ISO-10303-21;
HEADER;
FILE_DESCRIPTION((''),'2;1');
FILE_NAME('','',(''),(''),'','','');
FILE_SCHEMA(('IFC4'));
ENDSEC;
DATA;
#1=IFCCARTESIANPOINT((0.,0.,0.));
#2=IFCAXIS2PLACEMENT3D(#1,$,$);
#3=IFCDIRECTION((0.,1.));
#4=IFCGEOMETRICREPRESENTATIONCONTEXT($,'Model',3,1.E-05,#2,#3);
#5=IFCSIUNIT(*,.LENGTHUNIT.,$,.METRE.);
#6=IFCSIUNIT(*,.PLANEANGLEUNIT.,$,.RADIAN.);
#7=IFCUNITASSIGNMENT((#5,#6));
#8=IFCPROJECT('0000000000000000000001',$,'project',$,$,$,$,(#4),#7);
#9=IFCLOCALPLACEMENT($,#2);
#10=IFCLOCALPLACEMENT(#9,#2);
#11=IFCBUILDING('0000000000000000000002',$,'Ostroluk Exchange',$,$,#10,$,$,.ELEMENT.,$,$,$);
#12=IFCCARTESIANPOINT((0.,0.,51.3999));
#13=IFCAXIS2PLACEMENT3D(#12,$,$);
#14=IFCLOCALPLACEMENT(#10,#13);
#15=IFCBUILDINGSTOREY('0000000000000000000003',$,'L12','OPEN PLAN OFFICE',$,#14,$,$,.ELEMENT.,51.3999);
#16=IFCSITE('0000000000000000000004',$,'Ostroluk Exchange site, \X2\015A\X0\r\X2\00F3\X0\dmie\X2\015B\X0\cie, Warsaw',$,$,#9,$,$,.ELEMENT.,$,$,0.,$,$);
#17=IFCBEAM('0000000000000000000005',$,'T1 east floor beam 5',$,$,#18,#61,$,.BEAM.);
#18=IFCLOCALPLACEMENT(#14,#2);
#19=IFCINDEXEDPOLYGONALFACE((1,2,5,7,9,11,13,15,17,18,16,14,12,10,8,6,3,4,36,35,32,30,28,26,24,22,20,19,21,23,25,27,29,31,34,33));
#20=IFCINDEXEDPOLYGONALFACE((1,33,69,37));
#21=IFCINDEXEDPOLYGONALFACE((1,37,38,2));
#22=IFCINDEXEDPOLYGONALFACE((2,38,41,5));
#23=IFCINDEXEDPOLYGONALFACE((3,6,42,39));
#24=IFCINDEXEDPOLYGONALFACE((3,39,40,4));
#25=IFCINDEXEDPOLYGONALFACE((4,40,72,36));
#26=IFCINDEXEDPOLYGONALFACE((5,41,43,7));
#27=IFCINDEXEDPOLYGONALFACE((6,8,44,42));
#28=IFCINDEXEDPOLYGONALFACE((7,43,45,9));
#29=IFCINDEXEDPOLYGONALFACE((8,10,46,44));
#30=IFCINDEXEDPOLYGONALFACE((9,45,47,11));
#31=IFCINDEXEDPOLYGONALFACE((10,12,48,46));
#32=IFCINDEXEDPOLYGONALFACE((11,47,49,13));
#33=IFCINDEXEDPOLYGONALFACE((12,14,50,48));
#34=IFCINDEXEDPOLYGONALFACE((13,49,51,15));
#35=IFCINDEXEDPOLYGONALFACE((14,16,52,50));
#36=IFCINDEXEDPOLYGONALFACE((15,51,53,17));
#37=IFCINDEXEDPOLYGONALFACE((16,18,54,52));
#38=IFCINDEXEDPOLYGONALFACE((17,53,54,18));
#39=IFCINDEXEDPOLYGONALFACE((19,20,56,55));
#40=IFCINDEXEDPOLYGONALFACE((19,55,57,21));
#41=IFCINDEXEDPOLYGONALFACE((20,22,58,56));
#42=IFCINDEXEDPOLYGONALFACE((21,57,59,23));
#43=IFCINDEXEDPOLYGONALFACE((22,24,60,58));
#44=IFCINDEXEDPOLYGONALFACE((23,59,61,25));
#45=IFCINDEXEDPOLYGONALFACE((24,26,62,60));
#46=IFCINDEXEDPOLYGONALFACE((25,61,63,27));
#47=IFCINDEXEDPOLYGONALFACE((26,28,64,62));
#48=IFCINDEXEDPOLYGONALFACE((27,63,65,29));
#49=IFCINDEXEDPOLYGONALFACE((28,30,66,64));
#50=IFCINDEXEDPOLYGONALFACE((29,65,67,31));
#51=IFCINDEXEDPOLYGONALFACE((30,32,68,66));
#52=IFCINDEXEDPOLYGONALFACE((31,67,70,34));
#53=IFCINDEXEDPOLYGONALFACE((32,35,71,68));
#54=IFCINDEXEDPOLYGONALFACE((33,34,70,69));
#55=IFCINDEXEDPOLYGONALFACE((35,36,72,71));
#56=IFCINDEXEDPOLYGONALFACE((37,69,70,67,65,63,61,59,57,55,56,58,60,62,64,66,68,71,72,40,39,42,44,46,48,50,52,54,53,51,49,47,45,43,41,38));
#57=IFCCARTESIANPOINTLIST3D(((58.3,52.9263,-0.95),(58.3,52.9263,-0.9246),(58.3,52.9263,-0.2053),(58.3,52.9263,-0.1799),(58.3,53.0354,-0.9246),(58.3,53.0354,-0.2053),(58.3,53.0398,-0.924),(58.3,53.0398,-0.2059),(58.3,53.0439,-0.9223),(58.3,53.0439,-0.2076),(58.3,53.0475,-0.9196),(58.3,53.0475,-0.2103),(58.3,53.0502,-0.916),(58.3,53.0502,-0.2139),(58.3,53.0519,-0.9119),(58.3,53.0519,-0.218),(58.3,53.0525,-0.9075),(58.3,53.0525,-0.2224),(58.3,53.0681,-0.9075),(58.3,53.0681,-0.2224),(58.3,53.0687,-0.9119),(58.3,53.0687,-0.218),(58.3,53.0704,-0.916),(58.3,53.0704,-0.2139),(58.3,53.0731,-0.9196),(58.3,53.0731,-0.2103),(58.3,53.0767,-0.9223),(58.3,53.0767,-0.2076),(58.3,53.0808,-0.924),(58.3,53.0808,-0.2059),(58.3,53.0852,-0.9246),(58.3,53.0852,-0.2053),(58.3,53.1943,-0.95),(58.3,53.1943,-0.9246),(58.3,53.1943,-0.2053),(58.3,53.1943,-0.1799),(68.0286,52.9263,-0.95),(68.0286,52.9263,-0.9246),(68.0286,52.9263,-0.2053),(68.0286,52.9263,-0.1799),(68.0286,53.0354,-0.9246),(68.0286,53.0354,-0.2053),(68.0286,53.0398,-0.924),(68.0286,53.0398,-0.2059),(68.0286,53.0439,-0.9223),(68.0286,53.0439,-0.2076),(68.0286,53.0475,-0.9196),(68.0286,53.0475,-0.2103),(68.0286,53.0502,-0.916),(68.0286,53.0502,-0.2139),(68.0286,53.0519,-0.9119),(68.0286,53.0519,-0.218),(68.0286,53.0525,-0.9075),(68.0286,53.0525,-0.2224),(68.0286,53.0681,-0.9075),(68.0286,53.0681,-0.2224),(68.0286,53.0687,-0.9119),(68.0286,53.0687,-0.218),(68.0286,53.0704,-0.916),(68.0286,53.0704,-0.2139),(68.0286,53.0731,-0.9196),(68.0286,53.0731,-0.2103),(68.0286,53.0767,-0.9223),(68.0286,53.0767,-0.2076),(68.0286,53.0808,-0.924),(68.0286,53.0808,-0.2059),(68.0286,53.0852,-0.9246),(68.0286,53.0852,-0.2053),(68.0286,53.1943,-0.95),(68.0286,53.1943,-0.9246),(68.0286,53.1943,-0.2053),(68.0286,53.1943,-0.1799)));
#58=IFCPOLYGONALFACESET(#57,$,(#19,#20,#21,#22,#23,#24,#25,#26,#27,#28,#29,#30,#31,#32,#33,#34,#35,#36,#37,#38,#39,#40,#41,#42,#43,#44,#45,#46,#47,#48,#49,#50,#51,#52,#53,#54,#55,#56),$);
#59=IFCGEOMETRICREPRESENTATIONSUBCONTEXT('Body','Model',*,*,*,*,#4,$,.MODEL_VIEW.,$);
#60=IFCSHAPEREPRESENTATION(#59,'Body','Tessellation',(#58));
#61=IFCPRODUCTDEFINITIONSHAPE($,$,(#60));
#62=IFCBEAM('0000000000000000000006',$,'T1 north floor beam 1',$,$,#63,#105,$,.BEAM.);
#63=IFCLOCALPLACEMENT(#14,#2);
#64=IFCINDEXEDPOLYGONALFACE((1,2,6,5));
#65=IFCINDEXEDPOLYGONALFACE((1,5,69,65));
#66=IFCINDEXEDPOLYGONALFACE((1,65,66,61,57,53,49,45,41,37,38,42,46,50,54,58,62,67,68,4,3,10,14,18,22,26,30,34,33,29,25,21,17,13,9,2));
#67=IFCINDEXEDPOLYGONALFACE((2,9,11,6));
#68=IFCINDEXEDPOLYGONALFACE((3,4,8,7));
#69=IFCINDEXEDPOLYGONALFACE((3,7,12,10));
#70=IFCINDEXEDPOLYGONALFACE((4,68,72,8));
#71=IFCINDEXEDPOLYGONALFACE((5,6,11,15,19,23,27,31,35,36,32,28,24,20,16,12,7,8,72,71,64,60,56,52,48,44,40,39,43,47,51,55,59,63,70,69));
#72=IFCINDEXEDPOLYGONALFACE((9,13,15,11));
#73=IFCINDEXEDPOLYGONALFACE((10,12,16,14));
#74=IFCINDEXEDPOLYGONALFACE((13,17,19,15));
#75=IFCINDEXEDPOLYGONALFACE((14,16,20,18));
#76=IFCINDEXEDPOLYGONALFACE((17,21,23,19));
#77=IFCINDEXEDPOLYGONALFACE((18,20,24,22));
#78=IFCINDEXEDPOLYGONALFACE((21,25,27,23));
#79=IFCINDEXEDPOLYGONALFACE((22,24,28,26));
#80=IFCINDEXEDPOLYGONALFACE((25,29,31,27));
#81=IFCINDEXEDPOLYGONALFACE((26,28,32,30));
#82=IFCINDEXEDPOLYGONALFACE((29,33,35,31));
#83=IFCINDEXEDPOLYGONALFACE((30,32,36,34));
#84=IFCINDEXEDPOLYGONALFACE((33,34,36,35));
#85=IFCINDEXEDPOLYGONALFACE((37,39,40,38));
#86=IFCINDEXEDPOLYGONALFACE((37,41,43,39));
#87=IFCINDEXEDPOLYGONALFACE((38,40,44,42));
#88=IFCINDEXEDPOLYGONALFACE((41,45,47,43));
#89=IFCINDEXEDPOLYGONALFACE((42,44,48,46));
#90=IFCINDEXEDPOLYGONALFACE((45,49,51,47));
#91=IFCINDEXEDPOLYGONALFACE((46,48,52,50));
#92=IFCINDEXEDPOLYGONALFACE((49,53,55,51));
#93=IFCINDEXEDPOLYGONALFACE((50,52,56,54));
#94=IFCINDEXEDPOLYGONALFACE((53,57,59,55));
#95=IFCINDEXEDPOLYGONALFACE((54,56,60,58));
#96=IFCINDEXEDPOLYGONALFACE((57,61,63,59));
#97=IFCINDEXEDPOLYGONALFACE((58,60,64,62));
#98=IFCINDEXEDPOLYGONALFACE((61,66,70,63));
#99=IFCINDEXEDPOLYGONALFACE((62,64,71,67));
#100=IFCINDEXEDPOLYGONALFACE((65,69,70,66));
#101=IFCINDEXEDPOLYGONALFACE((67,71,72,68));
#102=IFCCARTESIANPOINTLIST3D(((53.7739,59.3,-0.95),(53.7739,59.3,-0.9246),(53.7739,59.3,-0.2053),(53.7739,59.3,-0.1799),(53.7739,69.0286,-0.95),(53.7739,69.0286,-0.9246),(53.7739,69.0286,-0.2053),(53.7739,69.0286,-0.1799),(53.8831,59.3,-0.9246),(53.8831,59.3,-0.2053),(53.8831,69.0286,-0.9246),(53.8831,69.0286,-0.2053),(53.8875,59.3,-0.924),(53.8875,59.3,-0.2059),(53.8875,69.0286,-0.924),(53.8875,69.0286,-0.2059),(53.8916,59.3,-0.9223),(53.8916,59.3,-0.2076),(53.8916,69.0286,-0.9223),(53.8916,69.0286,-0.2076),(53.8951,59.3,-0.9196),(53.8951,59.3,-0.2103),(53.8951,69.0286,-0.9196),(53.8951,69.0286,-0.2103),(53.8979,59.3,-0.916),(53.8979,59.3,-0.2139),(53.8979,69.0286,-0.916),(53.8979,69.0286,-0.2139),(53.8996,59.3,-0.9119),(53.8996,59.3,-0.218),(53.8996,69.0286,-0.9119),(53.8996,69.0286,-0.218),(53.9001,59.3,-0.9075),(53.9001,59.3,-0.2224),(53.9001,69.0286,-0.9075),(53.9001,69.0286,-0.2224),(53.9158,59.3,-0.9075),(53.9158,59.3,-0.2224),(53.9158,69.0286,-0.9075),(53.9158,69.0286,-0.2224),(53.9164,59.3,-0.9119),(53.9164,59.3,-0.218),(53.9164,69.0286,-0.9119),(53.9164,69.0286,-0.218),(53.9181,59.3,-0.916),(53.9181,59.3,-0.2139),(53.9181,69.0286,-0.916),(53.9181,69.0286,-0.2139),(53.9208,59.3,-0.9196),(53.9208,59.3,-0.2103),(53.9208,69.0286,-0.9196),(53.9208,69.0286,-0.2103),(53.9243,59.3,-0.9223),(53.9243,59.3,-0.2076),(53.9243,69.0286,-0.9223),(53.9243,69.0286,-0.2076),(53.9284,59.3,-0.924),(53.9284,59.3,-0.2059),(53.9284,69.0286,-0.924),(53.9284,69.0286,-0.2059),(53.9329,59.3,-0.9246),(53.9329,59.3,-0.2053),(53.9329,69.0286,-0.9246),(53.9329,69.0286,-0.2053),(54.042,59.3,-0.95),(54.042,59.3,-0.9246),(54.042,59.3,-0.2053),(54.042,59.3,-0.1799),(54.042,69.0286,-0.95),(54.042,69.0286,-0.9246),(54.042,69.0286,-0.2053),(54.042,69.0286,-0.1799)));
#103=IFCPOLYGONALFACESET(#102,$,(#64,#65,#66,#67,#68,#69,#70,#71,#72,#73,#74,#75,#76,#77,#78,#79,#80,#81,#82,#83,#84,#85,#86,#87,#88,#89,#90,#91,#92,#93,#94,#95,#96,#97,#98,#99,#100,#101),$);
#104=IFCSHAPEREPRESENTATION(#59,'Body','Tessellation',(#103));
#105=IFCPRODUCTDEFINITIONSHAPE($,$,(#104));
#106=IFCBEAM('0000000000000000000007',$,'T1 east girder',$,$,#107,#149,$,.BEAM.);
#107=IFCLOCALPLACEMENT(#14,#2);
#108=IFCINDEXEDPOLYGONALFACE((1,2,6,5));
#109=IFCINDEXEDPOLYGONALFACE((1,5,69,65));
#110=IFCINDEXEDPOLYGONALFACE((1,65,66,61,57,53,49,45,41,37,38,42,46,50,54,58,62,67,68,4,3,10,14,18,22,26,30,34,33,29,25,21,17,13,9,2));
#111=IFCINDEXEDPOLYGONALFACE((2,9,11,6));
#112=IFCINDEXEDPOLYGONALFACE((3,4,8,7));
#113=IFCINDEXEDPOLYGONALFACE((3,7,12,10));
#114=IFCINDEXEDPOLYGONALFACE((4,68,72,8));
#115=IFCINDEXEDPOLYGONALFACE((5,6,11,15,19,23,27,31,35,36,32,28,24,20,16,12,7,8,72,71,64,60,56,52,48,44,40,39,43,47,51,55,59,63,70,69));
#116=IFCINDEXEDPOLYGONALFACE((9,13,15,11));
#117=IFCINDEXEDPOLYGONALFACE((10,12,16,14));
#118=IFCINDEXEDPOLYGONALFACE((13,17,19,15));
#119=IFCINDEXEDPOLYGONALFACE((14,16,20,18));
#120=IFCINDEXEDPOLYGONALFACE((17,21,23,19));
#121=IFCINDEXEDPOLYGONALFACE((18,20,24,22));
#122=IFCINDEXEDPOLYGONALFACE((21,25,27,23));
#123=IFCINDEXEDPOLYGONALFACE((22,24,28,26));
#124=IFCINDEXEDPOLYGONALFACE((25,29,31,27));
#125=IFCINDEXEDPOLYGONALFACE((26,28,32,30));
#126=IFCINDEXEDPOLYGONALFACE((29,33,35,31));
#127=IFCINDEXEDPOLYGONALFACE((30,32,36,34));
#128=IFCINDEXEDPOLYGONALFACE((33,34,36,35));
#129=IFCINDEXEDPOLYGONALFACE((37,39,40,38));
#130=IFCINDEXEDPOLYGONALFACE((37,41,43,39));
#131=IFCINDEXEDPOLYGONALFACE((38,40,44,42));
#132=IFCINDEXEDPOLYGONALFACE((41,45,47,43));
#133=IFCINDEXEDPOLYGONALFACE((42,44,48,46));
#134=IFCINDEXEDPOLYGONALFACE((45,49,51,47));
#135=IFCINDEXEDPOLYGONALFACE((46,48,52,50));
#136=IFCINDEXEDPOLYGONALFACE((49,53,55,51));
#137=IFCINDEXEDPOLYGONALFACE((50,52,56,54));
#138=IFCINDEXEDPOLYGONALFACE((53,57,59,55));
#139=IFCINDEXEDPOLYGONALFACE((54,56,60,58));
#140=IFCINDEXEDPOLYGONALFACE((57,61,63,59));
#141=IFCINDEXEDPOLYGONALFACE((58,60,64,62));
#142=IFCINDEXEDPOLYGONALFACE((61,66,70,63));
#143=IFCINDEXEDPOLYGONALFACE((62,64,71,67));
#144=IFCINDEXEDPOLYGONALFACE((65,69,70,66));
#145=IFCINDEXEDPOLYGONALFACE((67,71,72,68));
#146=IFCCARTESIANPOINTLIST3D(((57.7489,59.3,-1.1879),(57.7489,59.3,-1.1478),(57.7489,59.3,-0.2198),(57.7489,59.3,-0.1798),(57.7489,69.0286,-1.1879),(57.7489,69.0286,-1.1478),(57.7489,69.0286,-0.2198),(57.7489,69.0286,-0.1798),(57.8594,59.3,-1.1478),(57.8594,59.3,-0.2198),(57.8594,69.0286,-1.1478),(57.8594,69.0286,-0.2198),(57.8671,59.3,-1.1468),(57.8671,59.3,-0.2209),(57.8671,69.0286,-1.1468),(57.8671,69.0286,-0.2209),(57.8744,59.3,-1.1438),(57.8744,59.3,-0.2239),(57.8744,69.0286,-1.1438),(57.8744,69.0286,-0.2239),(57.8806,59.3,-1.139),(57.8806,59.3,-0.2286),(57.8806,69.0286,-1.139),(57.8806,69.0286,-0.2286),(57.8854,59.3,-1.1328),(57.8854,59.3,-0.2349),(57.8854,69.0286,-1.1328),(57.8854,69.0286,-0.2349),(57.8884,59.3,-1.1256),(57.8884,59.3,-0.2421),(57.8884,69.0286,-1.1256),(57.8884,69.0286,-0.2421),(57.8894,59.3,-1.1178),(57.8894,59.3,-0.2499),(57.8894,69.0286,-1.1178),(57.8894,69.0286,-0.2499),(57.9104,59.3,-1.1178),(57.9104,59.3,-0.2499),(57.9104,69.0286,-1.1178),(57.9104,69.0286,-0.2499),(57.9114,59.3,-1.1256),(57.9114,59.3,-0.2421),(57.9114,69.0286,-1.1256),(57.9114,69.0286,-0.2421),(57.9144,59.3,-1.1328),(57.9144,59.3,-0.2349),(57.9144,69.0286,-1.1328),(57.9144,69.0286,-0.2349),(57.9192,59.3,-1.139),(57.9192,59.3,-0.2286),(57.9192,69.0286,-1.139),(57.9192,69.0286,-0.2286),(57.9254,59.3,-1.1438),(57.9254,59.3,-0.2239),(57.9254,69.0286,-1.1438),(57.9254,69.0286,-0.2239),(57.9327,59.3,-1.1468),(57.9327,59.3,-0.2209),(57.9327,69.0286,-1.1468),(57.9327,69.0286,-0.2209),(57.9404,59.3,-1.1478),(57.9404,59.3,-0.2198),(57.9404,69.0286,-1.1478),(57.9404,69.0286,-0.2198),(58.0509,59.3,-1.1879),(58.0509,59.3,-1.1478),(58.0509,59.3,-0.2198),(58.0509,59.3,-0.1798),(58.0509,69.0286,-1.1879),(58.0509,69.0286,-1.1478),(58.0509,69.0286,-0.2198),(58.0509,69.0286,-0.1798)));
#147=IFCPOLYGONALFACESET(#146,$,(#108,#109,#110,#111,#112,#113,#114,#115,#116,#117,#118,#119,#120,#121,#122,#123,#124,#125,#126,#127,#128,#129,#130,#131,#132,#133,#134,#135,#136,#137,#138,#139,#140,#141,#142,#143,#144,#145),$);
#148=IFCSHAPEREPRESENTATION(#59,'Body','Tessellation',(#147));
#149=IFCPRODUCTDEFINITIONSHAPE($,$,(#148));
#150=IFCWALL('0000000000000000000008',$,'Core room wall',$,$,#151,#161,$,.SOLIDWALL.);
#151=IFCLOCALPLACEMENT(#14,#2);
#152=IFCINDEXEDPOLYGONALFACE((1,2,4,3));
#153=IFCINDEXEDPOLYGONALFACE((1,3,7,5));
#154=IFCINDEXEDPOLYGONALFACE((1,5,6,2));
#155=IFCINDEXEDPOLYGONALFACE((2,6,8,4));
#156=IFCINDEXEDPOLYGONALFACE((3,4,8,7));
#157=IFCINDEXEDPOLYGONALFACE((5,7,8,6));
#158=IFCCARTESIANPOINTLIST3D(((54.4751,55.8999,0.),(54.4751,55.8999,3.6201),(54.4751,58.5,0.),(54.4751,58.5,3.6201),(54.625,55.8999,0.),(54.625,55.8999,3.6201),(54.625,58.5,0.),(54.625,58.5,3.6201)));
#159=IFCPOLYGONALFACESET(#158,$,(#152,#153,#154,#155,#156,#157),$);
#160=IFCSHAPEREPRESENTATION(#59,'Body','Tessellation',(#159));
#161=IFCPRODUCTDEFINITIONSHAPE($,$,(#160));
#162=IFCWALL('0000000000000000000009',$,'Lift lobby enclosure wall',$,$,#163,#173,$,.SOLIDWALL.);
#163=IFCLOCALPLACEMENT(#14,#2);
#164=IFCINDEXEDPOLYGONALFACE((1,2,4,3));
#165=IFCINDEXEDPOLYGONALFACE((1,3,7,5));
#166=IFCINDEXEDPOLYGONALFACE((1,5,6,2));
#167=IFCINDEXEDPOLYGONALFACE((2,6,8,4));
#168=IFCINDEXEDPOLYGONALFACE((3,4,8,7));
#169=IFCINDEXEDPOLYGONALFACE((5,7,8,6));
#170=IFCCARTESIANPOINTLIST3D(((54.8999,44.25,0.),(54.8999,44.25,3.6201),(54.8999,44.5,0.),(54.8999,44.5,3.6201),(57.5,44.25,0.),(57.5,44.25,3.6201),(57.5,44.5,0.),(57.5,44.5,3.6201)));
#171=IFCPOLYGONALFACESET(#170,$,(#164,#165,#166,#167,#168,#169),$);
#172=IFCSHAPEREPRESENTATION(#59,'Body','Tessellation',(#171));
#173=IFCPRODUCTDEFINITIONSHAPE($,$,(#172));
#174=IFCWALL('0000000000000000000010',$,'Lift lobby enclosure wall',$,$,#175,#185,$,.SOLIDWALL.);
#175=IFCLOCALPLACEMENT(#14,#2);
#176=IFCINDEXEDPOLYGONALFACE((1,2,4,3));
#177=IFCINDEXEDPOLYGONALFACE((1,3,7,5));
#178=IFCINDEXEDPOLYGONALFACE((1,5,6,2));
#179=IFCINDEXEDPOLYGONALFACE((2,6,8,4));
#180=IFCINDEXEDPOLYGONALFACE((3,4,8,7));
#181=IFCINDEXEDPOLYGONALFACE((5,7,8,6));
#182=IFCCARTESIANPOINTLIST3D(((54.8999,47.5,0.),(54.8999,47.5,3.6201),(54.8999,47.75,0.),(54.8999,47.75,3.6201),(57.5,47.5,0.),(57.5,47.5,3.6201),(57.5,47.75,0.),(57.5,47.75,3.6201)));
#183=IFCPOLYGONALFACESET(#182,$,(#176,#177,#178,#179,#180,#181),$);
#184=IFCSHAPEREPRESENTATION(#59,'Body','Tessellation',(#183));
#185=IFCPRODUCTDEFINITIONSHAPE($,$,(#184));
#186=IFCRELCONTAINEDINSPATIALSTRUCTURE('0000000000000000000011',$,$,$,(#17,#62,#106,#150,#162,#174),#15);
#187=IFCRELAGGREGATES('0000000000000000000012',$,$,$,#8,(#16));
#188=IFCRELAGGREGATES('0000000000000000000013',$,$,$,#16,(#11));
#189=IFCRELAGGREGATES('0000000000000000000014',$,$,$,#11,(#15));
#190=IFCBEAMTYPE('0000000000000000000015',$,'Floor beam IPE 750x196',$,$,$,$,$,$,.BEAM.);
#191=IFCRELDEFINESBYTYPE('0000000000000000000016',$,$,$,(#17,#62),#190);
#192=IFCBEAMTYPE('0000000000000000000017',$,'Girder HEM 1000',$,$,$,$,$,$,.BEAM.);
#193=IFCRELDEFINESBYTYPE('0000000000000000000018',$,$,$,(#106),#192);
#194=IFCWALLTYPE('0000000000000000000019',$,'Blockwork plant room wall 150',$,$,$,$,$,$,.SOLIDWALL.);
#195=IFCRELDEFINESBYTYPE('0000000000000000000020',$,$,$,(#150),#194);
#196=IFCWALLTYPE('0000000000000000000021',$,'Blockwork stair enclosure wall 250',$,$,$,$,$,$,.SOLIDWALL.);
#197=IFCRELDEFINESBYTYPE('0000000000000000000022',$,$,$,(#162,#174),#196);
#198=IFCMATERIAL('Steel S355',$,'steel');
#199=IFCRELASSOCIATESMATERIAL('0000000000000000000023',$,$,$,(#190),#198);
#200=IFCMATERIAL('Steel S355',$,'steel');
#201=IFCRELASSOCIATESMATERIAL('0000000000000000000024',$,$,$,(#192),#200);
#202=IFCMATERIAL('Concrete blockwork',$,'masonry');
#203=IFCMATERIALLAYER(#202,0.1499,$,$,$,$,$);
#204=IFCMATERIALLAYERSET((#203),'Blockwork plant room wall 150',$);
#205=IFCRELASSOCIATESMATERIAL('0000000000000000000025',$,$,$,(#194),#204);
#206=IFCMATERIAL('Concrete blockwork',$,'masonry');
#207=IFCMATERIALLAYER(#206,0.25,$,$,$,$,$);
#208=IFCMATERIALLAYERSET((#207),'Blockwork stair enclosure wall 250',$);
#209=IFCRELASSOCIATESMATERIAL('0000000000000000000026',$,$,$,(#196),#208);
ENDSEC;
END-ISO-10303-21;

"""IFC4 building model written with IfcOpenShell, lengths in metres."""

from ifc_helpers import new_model, si_unit, direction, frame, frame_2d, origin, origin_2d, place, context, subcontext, project, spatial, rectangle, i_section, extrude, material, layer, layer_set, material_profile, profile_set, type_object, element, save


model = new_model("IFC4")

# Units and contexts
model_context = context("Model", 3, precision=1e-05, world=origin(), true_north=direction((0.0, 1.0)))
body_context = subcontext(model_context, "Body", "Model", "MODEL_VIEW")
ifc_project = project(units=[si_unit("LENGTHUNIT", "METRE"), si_unit("PLANEANGLEUNIT", "RADIAN")], contexts=[model_context])

# Site, building, storey
site_placement = place(None, origin())
site = spatial("IfcSite", under=ifc_project, at=site_placement, Name="Ostroluk Exchange site, Śródmieście, Warsaw", CompositionType="ELEMENT", RefElevation=0.0)
building_placement = place(site_placement, origin())
building = spatial("IfcBuilding", under=site, at=building_placement, Name="Ostroluk Exchange", CompositionType="ELEMENT")
storey_placement = place(building_placement, frame((0.0, 0.0, 51.3999)))
storey = spatial("IfcBuildingStorey", under=building, at=storey_placement, Name="L12", Description="OPEN PLAN OFFICE", CompositionType="ELEMENT", Elevation=51.3999)

# Beams
ifc_material_1 = material(Name="Steel S355", Category="steel")
ifc_material_profile_1 = material_profile(ifc_material_1, i_section(OverallWidth=0.2681, OverallDepth=0.77, WebThickness=0.0156, FlangeThickness=0.0254, FilletRadius=0.0171, at=origin_2d()), Name="IPE 750x196")
ifc_profile_set_1 = profile_set([ifc_material_profile_1], Name="Steel S355")
beam_type_1 = type_object("IfcBeamType", Name="Floor beam IPE 750x196", PredefinedType="BEAM", material=ifc_profile_set_1)
for number, where, z_axis, x_axis, name in (
    (1, (58.3, 53.0603, -0.5649), (1.0, 0.0, 0.0), (0.0, 1.0, 0.0), "T1 east floor beam 5"),
    (2, (53.908, 59.3, -0.5649), (0.0, 1.0, 0.0), (-1.0, 0.0, 0.0), "T1 north floor beam 1"),
):
    element("IfcBeam", number, at=place(storey_placement, frame(where, z_axis=z_axis, x_axis=x_axis)), inside=storey, type_object=beam_type_1, Name=name, PredefinedType="BEAM", context=body_context, shape_type="SweptSolid", body=[
        extrude(i_section(OverallWidth=0.2681, OverallDepth=0.77, WebThickness=0.0156, FlangeThickness=0.0254, FilletRadius=0.0171, at=origin_2d()), origin(), (0.0, 0.0, 1.0), 9.7285),
    ])
ifc_material_2 = material(Name="Steel S355", Category="steel")
ifc_material_profile_2 = material_profile(ifc_material_2, i_section(OverallWidth=0.302, OverallDepth=1.0081, WebThickness=0.021, FlangeThickness=0.04, FilletRadius=0.03, at=origin_2d()), Name="HEM 1000")
ifc_profile_set_2 = profile_set([ifc_material_profile_2], Name="Steel S355")
beam_type_2 = type_object("IfcBeamType", Name="Girder HEM 1000", PredefinedType="BEAM", material=ifc_profile_set_2)
beam_1_placement = place(storey_placement, frame((57.8999, 59.3, -0.6838), z_axis=(0.0, 1.0, 0.0), x_axis=(-1.0, 0.0, 0.0)))
element("IfcBeam", 3, at=beam_1_placement, inside=storey, type_object=beam_type_2, Name="T1 east girder", PredefinedType="BEAM", context=body_context, shape_type="SweptSolid", body=[
    extrude(i_section(OverallWidth=0.302, OverallDepth=1.0081, WebThickness=0.021, FlangeThickness=0.04, FilletRadius=0.03, at=origin_2d()), origin(), (0.0, 0.0, 1.0), 9.7285),
])

# Walls
ifc_material_3 = material(Name="Concrete blockwork", Category="masonry")
ifc_layer_1 = layer(ifc_material_3, 0.1499)
ifc_layer_set_1 = layer_set([ifc_layer_1], Name="Blockwork plant room wall 150")
wall_type_1 = type_object("IfcWallType", Name="Blockwork plant room wall 150", PredefinedType="SOLIDWALL", material=ifc_layer_set_1)
wall_1_placement = place(storey_placement, frame((54.55, 55.8999, 0.0), z_axis=(0.0, 0.0, 1.0), x_axis=(0.0, 1.0, 0.0)))
element("IfcWall", 4, at=wall_1_placement, inside=storey, type_object=wall_type_1, Name="Core room wall", PredefinedType="SOLIDWALL", context=body_context, shape_type="SweptSolid", body=[
    extrude(rectangle(XDim=2.6001, YDim=0.1499, at=frame_2d((1.3, 0.0))), origin(), (0.0, 0.0, 1.0), 3.6201),
])
ifc_material_4 = material(Name="Concrete blockwork", Category="masonry")
ifc_layer_2 = layer(ifc_material_4, 0.25)
ifc_layer_set_2 = layer_set([ifc_layer_2], Name="Blockwork stair enclosure wall 250")
wall_type_2 = type_object("IfcWallType", Name="Blockwork stair enclosure wall 250", PredefinedType="SOLIDWALL", material=ifc_layer_set_2)
for number, where, z_axis, x_axis, name in (
    (5, (54.8999, 44.375, 0.0), (0.0, 0.0, 1.0), (1.0, 0.0, 0.0), "Lift lobby enclosure wall"),
    (6, (54.8999, 47.625, 0.0), (0.0, 0.0, 1.0), (1.0, 0.0, 0.0), "Lift lobby enclosure wall"),
):
    element("IfcWall", number, at=place(storey_placement, frame(where, z_axis=z_axis, x_axis=x_axis)), inside=storey, type_object=wall_type_2, Name=name, PredefinedType="SOLIDWALL", context=body_context, shape_type="SweptSolid", body=[
        extrude(rectangle(XDim=2.6001, YDim=0.25, at=frame_2d((1.3, 0.0))), origin(), (0.0, 0.0, 1.0), 3.6201),
    ])

save(model, "model.ifc")
